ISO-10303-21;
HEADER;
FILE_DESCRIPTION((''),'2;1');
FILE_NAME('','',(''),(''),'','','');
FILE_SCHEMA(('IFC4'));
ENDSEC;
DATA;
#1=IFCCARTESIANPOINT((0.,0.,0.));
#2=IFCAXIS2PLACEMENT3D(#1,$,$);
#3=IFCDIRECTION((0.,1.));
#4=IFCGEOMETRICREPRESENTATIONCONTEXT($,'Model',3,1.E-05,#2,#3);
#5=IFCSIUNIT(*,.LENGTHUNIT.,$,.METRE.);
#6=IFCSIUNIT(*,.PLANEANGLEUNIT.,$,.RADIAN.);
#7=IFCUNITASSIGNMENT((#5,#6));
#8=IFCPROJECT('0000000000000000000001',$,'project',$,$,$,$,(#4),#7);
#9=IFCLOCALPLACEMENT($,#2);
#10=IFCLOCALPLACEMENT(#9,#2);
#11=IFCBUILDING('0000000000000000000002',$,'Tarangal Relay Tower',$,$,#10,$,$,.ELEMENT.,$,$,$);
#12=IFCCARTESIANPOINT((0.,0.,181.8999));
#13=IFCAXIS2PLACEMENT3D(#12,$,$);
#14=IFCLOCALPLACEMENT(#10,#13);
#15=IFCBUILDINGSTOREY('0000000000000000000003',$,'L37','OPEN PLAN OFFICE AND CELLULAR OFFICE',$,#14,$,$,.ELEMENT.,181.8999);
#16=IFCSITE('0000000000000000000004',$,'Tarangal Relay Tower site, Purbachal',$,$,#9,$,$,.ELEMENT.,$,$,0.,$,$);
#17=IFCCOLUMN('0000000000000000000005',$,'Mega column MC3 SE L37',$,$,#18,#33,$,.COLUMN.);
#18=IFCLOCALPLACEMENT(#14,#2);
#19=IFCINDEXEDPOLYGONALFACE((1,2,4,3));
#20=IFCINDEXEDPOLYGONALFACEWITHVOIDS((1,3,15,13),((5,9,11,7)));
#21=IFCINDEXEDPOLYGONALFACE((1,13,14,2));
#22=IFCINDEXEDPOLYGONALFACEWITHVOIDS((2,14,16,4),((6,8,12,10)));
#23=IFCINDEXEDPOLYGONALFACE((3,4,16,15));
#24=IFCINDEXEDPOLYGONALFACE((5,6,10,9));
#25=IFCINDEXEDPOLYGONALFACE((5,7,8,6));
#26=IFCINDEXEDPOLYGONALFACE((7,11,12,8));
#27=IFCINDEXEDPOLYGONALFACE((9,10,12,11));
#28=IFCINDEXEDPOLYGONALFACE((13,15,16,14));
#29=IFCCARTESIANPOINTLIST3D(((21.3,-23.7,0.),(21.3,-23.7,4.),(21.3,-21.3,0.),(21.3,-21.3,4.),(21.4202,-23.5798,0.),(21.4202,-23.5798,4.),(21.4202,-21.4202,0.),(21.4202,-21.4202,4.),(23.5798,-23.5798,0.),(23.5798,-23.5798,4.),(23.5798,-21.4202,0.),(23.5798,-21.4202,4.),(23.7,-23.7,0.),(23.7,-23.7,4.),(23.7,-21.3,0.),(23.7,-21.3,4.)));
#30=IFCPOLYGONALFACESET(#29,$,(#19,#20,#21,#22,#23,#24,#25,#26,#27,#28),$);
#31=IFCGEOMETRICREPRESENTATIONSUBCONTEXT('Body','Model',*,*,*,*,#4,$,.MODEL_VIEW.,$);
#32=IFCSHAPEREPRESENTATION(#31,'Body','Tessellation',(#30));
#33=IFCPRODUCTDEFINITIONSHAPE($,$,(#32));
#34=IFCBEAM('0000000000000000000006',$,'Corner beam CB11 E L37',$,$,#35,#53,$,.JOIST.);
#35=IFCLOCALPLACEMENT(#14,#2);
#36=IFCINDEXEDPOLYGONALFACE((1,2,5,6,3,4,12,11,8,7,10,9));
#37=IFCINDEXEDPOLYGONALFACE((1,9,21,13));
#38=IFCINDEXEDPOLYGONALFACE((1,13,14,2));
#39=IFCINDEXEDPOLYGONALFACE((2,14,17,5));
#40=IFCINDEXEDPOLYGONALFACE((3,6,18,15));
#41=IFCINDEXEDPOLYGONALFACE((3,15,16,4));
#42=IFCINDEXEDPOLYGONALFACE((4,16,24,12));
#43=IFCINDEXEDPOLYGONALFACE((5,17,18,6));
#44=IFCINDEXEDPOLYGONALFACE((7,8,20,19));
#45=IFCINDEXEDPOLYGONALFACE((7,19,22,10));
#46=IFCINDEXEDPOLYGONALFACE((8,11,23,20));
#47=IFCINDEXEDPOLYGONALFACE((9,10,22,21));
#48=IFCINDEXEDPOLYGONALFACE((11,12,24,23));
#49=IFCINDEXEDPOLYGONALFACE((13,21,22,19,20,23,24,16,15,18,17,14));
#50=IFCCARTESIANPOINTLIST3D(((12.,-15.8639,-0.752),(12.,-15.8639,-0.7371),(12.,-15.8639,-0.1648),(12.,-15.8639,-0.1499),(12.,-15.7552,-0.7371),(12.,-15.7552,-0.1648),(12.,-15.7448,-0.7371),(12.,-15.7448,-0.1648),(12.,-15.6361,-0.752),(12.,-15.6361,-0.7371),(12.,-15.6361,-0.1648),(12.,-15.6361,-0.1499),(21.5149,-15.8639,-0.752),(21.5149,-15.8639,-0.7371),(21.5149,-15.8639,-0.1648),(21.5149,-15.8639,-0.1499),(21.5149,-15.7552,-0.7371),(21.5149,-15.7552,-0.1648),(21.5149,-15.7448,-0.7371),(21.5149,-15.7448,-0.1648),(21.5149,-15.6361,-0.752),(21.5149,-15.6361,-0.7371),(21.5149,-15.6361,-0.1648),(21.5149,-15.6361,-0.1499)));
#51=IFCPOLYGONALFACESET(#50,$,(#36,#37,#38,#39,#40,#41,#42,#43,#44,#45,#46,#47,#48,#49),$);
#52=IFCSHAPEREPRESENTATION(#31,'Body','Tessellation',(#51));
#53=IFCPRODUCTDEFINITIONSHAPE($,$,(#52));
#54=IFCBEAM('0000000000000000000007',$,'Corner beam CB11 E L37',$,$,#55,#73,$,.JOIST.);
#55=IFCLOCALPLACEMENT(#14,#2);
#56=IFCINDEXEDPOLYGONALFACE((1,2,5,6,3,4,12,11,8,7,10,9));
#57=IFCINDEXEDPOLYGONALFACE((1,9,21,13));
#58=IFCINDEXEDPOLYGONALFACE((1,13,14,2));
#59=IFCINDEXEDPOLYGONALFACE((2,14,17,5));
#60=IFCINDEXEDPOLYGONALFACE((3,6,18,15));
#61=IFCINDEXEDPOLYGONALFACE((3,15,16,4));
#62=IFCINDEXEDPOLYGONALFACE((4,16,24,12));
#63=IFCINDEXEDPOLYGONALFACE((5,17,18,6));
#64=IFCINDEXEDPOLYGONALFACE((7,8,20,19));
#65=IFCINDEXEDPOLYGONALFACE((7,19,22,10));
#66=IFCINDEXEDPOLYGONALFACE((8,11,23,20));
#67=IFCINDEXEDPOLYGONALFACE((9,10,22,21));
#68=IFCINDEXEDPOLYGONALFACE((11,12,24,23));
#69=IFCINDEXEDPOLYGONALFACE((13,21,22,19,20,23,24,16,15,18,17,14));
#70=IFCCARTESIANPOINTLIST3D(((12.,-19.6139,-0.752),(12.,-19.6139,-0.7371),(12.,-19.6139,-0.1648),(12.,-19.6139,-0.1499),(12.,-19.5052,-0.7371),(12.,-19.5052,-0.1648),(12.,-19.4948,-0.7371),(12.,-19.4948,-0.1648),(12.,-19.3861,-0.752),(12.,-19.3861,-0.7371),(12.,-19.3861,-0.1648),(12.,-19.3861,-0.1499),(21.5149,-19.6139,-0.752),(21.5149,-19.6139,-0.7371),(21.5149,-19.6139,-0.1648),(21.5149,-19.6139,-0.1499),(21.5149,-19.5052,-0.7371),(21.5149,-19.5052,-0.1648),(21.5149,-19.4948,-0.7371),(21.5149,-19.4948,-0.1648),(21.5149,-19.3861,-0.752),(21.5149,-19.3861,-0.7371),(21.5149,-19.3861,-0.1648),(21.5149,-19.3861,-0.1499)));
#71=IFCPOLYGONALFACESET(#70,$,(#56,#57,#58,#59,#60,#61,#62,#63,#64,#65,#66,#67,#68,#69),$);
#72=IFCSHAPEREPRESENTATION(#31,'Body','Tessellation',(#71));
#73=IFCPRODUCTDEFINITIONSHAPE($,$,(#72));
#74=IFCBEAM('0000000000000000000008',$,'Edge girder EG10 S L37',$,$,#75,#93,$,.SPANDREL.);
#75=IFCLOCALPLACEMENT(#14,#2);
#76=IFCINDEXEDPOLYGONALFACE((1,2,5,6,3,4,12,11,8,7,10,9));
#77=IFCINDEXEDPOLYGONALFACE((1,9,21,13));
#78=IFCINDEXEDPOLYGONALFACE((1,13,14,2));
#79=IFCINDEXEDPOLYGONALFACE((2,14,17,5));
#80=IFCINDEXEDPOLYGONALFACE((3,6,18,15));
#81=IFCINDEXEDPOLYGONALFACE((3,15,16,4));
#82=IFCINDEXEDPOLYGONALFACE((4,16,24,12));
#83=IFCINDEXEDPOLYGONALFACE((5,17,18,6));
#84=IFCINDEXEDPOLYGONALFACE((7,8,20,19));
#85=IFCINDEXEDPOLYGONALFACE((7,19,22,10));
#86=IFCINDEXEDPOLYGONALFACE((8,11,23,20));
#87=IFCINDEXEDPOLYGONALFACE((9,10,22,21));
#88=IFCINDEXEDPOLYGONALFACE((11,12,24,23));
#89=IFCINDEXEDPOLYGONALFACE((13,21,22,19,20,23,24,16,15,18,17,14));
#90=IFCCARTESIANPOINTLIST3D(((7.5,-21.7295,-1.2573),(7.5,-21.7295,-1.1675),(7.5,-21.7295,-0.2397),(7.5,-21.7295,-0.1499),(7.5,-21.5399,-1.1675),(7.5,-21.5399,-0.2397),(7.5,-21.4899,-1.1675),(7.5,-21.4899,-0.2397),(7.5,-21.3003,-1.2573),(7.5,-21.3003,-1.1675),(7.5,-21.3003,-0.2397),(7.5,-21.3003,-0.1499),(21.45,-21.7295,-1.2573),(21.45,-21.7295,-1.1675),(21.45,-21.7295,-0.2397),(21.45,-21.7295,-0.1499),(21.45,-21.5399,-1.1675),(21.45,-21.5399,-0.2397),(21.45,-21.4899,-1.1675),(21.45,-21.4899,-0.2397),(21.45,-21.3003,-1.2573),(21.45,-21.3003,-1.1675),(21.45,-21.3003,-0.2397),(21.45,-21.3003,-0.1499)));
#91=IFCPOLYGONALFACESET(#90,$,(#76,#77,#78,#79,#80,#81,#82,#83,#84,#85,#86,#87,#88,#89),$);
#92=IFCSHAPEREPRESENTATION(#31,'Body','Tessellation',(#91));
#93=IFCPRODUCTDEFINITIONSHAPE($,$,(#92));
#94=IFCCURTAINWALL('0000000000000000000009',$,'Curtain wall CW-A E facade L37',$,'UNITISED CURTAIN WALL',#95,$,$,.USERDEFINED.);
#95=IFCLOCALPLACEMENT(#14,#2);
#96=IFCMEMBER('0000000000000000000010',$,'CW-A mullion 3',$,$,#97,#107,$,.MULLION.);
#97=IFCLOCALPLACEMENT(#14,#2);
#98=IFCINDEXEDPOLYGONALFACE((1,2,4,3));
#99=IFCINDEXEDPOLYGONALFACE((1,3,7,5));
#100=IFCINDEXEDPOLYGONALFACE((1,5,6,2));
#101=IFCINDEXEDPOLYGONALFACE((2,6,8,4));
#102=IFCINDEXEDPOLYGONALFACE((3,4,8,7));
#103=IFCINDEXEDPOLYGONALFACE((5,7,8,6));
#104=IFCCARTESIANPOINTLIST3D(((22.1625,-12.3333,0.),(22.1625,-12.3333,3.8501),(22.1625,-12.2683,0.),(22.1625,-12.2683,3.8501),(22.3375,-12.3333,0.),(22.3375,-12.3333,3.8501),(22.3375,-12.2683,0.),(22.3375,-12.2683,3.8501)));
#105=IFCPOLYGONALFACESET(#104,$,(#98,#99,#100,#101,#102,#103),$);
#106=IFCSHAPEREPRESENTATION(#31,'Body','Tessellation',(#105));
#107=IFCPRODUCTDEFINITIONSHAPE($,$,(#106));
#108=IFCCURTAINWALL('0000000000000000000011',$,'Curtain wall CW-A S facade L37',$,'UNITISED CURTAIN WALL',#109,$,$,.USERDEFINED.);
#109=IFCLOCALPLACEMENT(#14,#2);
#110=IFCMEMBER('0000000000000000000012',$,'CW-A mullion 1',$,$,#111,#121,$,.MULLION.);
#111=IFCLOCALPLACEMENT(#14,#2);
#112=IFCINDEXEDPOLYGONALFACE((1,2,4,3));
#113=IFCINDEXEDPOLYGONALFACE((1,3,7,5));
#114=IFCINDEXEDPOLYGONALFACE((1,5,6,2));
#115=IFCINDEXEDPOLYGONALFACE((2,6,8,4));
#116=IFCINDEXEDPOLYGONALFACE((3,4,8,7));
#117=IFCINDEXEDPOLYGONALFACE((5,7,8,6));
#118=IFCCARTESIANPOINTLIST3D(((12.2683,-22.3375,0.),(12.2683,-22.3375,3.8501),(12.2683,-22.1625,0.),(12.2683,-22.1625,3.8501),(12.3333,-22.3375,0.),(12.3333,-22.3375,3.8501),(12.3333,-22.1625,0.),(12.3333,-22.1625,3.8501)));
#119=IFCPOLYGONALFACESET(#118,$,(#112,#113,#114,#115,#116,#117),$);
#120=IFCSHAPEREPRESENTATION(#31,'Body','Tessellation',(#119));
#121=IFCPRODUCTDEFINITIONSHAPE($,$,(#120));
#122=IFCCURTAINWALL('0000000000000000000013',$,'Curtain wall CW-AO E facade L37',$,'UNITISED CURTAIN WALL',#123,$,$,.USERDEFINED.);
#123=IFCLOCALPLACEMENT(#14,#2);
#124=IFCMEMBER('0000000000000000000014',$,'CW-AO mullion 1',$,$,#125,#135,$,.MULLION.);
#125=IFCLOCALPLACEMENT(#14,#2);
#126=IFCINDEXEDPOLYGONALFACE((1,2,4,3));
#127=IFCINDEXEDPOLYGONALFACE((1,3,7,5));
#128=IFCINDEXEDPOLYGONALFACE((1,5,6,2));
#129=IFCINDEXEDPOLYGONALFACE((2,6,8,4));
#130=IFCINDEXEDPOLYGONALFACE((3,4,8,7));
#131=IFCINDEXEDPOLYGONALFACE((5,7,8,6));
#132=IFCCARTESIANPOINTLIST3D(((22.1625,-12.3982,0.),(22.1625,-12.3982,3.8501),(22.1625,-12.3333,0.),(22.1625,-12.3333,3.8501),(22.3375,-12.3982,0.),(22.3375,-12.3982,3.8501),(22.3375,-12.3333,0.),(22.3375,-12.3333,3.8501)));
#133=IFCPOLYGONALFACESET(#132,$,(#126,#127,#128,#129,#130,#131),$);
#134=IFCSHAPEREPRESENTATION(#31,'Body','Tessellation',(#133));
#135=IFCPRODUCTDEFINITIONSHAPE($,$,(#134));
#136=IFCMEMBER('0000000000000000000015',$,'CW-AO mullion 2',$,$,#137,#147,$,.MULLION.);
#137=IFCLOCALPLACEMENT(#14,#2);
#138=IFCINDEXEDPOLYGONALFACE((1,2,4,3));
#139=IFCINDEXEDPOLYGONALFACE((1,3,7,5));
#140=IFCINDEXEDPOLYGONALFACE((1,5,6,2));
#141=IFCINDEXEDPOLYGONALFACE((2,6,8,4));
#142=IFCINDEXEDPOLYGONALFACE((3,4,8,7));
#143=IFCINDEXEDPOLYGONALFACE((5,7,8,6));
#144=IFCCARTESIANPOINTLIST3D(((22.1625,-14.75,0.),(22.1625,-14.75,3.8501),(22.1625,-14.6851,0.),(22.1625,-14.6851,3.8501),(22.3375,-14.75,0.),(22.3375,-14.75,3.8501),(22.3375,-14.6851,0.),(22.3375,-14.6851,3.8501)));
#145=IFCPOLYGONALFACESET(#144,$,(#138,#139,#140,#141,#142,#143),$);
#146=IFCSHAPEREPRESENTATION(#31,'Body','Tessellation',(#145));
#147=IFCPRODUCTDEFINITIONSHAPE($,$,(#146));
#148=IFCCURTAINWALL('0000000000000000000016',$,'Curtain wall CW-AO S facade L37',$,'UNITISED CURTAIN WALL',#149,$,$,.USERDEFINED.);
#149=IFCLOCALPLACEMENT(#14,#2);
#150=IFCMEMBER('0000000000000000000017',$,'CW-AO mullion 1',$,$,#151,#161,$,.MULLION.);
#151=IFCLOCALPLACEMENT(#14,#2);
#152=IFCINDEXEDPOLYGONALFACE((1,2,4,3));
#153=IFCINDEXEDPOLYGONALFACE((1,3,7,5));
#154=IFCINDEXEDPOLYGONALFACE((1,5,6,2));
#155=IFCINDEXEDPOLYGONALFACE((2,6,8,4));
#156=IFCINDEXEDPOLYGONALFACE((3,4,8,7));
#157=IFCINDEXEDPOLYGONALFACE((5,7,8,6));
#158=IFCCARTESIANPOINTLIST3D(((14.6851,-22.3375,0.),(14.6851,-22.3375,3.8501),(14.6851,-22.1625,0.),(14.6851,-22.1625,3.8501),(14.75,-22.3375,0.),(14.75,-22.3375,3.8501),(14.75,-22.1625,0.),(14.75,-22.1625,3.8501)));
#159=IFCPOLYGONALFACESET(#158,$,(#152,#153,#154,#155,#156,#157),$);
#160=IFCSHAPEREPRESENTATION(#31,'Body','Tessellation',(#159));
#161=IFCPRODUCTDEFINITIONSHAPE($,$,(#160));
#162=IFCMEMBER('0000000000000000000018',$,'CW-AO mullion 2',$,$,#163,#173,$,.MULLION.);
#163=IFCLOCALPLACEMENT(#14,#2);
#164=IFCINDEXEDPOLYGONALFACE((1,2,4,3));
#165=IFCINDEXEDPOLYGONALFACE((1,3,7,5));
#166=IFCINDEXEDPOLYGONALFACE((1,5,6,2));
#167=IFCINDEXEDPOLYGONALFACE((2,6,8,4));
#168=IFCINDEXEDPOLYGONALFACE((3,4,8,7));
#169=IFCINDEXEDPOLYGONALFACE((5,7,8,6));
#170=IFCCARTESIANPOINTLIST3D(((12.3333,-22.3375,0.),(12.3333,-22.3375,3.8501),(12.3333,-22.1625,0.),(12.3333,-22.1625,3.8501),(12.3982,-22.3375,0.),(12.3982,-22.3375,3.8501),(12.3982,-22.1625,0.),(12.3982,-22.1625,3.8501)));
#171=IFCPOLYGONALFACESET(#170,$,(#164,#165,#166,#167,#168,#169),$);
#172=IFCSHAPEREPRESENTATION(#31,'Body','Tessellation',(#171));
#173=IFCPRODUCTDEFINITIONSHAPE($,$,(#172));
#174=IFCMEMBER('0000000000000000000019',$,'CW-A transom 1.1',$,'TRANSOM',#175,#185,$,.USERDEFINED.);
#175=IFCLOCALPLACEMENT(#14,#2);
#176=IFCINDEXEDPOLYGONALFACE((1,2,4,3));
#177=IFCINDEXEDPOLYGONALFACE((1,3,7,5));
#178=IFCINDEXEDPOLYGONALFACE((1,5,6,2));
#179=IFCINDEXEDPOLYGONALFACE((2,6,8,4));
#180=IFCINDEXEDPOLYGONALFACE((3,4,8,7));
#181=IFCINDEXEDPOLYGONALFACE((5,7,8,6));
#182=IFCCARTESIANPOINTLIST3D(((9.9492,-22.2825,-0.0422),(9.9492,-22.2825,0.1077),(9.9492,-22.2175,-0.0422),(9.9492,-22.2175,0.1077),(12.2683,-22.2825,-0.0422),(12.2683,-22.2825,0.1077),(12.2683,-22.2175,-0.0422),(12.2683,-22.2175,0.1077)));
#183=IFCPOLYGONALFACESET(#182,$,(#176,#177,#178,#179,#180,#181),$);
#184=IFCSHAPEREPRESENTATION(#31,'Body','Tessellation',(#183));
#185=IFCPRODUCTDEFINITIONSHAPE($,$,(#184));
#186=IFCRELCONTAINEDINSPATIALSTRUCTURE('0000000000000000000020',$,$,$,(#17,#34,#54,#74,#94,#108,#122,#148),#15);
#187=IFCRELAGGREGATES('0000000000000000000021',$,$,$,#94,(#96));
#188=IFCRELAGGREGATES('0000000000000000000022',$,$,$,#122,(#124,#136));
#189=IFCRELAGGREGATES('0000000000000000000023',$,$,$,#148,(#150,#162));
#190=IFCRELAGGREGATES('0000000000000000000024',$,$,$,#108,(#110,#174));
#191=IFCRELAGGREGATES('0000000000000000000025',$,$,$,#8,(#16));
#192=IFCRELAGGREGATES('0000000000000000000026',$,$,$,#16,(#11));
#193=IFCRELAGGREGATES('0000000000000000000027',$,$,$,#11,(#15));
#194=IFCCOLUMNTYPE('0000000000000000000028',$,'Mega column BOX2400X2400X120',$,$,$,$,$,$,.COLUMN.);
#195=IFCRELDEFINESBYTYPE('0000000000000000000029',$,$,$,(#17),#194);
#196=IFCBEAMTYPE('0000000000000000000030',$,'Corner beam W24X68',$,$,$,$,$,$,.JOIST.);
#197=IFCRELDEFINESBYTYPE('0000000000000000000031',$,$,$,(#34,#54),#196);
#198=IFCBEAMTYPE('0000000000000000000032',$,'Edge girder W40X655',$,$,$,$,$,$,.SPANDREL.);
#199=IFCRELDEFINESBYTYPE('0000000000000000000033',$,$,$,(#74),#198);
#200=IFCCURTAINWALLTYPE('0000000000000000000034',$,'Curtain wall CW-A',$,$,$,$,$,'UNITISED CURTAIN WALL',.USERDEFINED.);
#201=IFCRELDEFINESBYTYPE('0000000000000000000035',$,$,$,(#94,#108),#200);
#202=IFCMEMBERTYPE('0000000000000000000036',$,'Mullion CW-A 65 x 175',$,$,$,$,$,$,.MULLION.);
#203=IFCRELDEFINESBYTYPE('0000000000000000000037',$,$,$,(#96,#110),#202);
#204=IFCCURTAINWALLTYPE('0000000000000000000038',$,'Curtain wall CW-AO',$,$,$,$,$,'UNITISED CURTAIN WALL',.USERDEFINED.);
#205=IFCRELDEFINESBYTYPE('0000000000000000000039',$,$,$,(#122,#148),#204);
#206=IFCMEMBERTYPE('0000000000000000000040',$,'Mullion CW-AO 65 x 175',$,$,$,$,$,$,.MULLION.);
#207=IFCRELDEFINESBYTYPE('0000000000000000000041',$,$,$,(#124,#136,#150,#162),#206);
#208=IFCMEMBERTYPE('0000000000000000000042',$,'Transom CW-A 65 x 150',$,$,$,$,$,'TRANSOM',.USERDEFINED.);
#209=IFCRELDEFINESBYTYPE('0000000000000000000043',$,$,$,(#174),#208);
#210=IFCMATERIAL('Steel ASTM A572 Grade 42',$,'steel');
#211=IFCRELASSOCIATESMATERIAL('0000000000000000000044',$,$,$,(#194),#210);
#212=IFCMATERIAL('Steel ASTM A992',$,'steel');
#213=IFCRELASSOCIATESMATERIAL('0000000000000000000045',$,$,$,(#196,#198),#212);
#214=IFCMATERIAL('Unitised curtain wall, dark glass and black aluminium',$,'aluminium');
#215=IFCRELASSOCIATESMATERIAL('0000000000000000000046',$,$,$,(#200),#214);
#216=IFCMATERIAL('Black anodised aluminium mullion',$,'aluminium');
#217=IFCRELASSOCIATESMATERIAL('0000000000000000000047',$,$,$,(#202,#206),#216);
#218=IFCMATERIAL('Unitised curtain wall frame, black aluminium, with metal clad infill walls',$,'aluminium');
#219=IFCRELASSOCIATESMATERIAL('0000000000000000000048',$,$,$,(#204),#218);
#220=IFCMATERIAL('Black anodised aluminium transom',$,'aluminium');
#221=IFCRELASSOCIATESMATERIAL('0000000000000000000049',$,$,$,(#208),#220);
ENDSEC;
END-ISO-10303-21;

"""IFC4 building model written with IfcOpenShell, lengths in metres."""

from ifc_helpers import new_model, si_unit, direction, frame, origin, origin_2d, place, context, subcontext, project, spatial, rectangle, hollow_rectangle, i_section, extrude, material, material_profile, profile_set, type_object, element, aggregate, save


model = new_model("IFC4")

# Units and contexts
model_context = context("Model", 3, precision=1e-05, world=origin(), true_north=direction((0.0, 1.0)))
body_context = subcontext(model_context, "Body", "Model", "MODEL_VIEW")
ifc_project = project(units=[si_unit("LENGTHUNIT", "METRE"), si_unit("PLANEANGLEUNIT", "RADIAN")], contexts=[model_context])

# Site, building, storey
site_placement = place(None, origin())
site = spatial("IfcSite", under=ifc_project, at=site_placement, Name="Tarangal Relay Tower site, Purbachal", CompositionType="ELEMENT", RefElevation=0.0)
building_placement = place(site_placement, origin())
building = spatial("IfcBuilding", under=site, at=building_placement, Name="Tarangal Relay Tower", CompositionType="ELEMENT")
storey_placement = place(building_placement, frame((0.0, 0.0, 181.8999)))
storey = spatial("IfcBuildingStorey", under=building, at=storey_placement, Name="L37", Description="OPEN PLAN OFFICE AND CELLULAR OFFICE", CompositionType="ELEMENT", Elevation=181.8999)

# Column
ifc_material_1 = material(Name="Steel ASTM A572 Grade 42", Category="steel")
ifc_material_profile_1 = material_profile(ifc_material_1, hollow_rectangle(XDim=2.3999, YDim=2.3999, WallThickness=0.1201, at=origin_2d()), Name="BOX2400X2400X120")
ifc_profile_set_1 = profile_set([ifc_material_profile_1], Name="Steel ASTM A572 Grade 42")
column_type = type_object("IfcColumnType", Name="Mega column BOX2400X2400X120", PredefinedType="COLUMN", material=ifc_profile_set_1)
column_placement = place(storey_placement, frame((22.5, -22.5, 0.0), z_axis=(0.0, 0.0, 1.0), x_axis=(1.0, 0.0, 0.0)))
element("IfcColumn", 1, at=column_placement, inside=storey, type_object=column_type, Name="Mega column MC3 SE L37", PredefinedType="COLUMN", context=body_context, shape_type="SweptSolid", body=[
    extrude(hollow_rectangle(XDim=2.3999, YDim=2.3999, WallThickness=0.1201, at=origin_2d()), origin(), (0.0, 0.0, 1.0), 4.0),
])

# Beams
ifc_material_2 = material(Name="Steel ASTM A992", Category="steel")
ifc_material_profile_2 = material_profile(ifc_material_2, i_section(OverallWidth=0.2278, OverallDepth=0.6021, WebThickness=0.0105, FlangeThickness=0.0149, at=origin_2d()), Name="W24X68")
ifc_profile_set_2 = profile_set([ifc_material_profile_2], Name="Steel ASTM A992")
beam_type_1 = type_object("IfcBeamType", Name="Corner beam W24X68", PredefinedType="JOIST", material=ifc_profile_set_2)
for number, where, z_axis, x_axis, name in (
    (2, (12.0, -15.75, -0.4509), (1.0, 0.0, 0.0), (0.0, 1.0, 0.0), "Corner beam CB11 E L37"),
    (3, (12.0, -19.5, -0.4509), (1.0, 0.0, 0.0), (0.0, 1.0, 0.0), "Corner beam CB11 E L37"),
):
    element("IfcBeam", number, at=place(storey_placement, frame(where, z_axis=z_axis, x_axis=x_axis)), inside=storey, type_object=beam_type_1, Name=name, PredefinedType="JOIST", context=body_context, shape_type="SweptSolid", body=[
        extrude(i_section(OverallWidth=0.2278, OverallDepth=0.6021, WebThickness=0.0105, FlangeThickness=0.0149, at=origin_2d()), origin(), (0.0, 0.0, 1.0), 9.5149),
    ])
ifc_material_profile_3 = material_profile(ifc_material_2, i_section(OverallWidth=0.4292, OverallDepth=1.1074, WebThickness=0.05, FlangeThickness=0.0898, at=origin_2d()), Name="W40X655")
ifc_profile_set_3 = profile_set([ifc_material_profile_3], Name="Steel ASTM A992")
beam_type_2 = type_object("IfcBeamType", Name="Edge girder W40X655", PredefinedType="SPANDREL", material=ifc_profile_set_3)
beam_placement = place(storey_placement, frame((21.45, -21.5149, -0.7036), z_axis=(-1.0, 0.0, 0.0), x_axis=(0.0, -1.0, 0.0)))
element("IfcBeam", 4, at=beam_placement, inside=storey, type_object=beam_type_2, Name="Edge girder EG10 S L37", PredefinedType="SPANDREL", context=body_context, shape_type="SweptSolid", body=[
    extrude(i_section(OverallWidth=0.4292, OverallDepth=1.1074, WebThickness=0.05, FlangeThickness=0.0898, at=origin_2d()), origin(), (0.0, 0.0, 1.0), 13.95),
])

# Curtain walls, members
ifc_material_3 = material(Name="Unitised curtain wall, dark glass and black aluminium", Category="aluminium")
curtain_wall_type_1 = type_object("IfcCurtainWallType", Name="Curtain wall CW-A", ElementType="UNITISED CURTAIN WALL", PredefinedType="USERDEFINED", material=ifc_material_3)
curtain_wall_1_placement = place(storey_placement, origin())
curtain_wall_1 = element("IfcCurtainWall", 5, at=curtain_wall_1_placement, inside=storey, type_object=curtain_wall_type_1, Name="Curtain wall CW-A E facade L37", ObjectType="UNITISED CURTAIN WALL", PredefinedType="USERDEFINED")
ifc_material_4 = material(Name="Black anodised aluminium mullion", Category="aluminium")
ifc_material_profile_4 = material_profile(ifc_material_4, rectangle(XDim=0.175, YDim=0.0649, at=origin_2d()), Name="CW-AM 65X175")
ifc_profile_set_4 = profile_set([ifc_material_profile_4], Name="Black anodised aluminium mullion")
member_type_1 = type_object("IfcMemberType", Name="Mullion CW-A 65 x 175", PredefinedType="MULLION", material=ifc_profile_set_4)
member_1_placement = place(storey_placement, frame((22.25, -12.3008, 0.0), z_axis=(0.0, 0.0, 1.0), x_axis=(1.0, 0.0, 0.0)))
member_1 = element("IfcMember", 6, at=member_1_placement, type_object=member_type_1, Name="CW-A mullion 3", PredefinedType="MULLION", context=body_context, shape_type="SweptSolid", body=[
    extrude(rectangle(XDim=0.175, YDim=0.0649, at=origin_2d()), origin(), (0.0, 0.0, 1.0), 3.8501),
])
aggregate(curtain_wall_1, [member_1])
curtain_wall_2_placement = place(storey_placement, origin())
curtain_wall_2 = element("IfcCurtainWall", 7, at=curtain_wall_2_placement, inside=storey, type_object=curtain_wall_type_1, Name="Curtain wall CW-A S facade L37", ObjectType="UNITISED CURTAIN WALL", PredefinedType="USERDEFINED")
member_2_placement = place(storey_placement, frame((12.3008, -22.25, 0.0), z_axis=(0.0, 0.0, 1.0), x_axis=(0.0, -1.0, 0.0)))
member_2 = element("IfcMember", 8, at=member_2_placement, type_object=member_type_1, Name="CW-A mullion 1", PredefinedType="MULLION", context=body_context, shape_type="SweptSolid", body=[
    extrude(rectangle(XDim=0.175, YDim=0.0649, at=origin_2d()), origin(), (0.0, 0.0, 1.0), 3.8501),
])

# Curtain walls, members
ifc_material_5 = material(Name="Unitised curtain wall frame, black aluminium, with metal clad infill walls", Category="aluminium")
curtain_wall_type_2 = type_object("IfcCurtainWallType", Name="Curtain wall CW-AO", ElementType="UNITISED CURTAIN WALL", PredefinedType="USERDEFINED", material=ifc_material_5)
curtain_wall_3_placement = place(storey_placement, origin())
curtain_wall_3 = element("IfcCurtainWall", 9, at=curtain_wall_3_placement, inside=storey, type_object=curtain_wall_type_2, Name="Curtain wall CW-AO E facade L37", ObjectType="UNITISED CURTAIN WALL", PredefinedType="USERDEFINED")
ifc_material_profile_5 = material_profile(ifc_material_4, rectangle(XDim=0.175, YDim=0.0649, at=origin_2d()), Name="CW-AOM 65X175")
ifc_profile_set_5 = profile_set([ifc_material_profile_5], Name="Black anodised aluminium mullion")
member_type_2 = type_object("IfcMemberType", Name="Mullion CW-AO 65 x 175", PredefinedType="MULLION", material=ifc_profile_set_5)
member_3_placement = place(storey_placement, frame((22.25, -12.3657, 0.0), z_axis=(0.0, 0.0, 1.0), x_axis=(1.0, 0.0, 0.0)))
member_3 = element("IfcMember", 10, at=member_3_placement, type_object=member_type_2, Name="CW-AO mullion 1", PredefinedType="MULLION", context=body_context, shape_type="SweptSolid", body=[
    extrude(rectangle(XDim=0.175, YDim=0.0649, at=origin_2d()), origin(), (0.0, 0.0, 1.0), 3.8501),
])
member_4_placement = place(storey_placement, frame((22.25, -14.7175, 0.0), z_axis=(0.0, 0.0, 1.0), x_axis=(1.0, 0.0, 0.0)))
member_4 = element("IfcMember", 11, at=member_4_placement, type_object=member_type_2, Name="CW-AO mullion 2", PredefinedType="MULLION", context=body_context, shape_type="SweptSolid", body=[
    extrude(rectangle(XDim=0.175, YDim=0.0649, at=origin_2d()), origin(), (0.0, 0.0, 1.0), 3.8501),
])
curtain_wall_4_placement = place(storey_placement, origin())
curtain_wall_4 = element("IfcCurtainWall", 12, at=curtain_wall_4_placement, inside=storey, type_object=curtain_wall_type_2, Name="Curtain wall CW-AO S facade L37", ObjectType="UNITISED CURTAIN WALL", PredefinedType="USERDEFINED")
member_5_placement = place(storey_placement, frame((14.7175, -22.25, 0.0), z_axis=(0.0, 0.0, 1.0), x_axis=(0.0, -1.0, 0.0)))
member_5 = element("IfcMember", 13, at=member_5_placement, type_object=member_type_2, Name="CW-AO mullion 1", PredefinedType="MULLION", context=body_context, shape_type="SweptSolid", body=[
    extrude(rectangle(XDim=0.175, YDim=0.0649, at=origin_2d()), origin(), (0.0, 0.0, 1.0), 3.8501),
])
member_6_placement = place(storey_placement, frame((12.3657, -22.25, 0.0), z_axis=(0.0, 0.0, 1.0), x_axis=(0.0, -1.0, 0.0)))
member_6 = element("IfcMember", 14, at=member_6_placement, type_object=member_type_2, Name="CW-AO mullion 2", PredefinedType="MULLION", context=body_context, shape_type="SweptSolid", body=[
    extrude(rectangle(XDim=0.175, YDim=0.0649, at=origin_2d()), origin(), (0.0, 0.0, 1.0), 3.8501),
])

# Member
ifc_material_6 = material(Name="Black anodised aluminium transom", Category="aluminium")
ifc_material_profile_6 = material_profile(ifc_material_6, rectangle(XDim=0.0649, YDim=0.1499, at=origin_2d()), Name="CW-AT 65X150")
ifc_profile_set_6 = profile_set([ifc_material_profile_6], Name="Black anodised aluminium transom")
member_type_3 = type_object("IfcMemberType", Name="Transom CW-A 65 x 150", ElementType="TRANSOM", PredefinedType="USERDEFINED", material=ifc_profile_set_6)
member_7_placement = place(storey_placement, frame((12.2683, -22.25, 0.0327), z_axis=(-1.0, 0.0, 0.0), x_axis=(0.0, -1.0, 0.0)))
member_7 = element("IfcMember", 15, at=member_7_placement, type_object=member_type_3, Name="CW-A transom 1.1", ObjectType="TRANSOM", PredefinedType="USERDEFINED", context=body_context, shape_type="SweptSolid", body=[
    extrude(rectangle(XDim=0.0649, YDim=0.1499, at=origin_2d()), origin(), (0.0, 0.0, 1.0), 2.3191),
])
aggregate(curtain_wall_3, [member_3, member_4])
aggregate(curtain_wall_4, [member_5, member_6])

aggregate(curtain_wall_2, [member_2, member_7])

save(model, "model.ifc")
